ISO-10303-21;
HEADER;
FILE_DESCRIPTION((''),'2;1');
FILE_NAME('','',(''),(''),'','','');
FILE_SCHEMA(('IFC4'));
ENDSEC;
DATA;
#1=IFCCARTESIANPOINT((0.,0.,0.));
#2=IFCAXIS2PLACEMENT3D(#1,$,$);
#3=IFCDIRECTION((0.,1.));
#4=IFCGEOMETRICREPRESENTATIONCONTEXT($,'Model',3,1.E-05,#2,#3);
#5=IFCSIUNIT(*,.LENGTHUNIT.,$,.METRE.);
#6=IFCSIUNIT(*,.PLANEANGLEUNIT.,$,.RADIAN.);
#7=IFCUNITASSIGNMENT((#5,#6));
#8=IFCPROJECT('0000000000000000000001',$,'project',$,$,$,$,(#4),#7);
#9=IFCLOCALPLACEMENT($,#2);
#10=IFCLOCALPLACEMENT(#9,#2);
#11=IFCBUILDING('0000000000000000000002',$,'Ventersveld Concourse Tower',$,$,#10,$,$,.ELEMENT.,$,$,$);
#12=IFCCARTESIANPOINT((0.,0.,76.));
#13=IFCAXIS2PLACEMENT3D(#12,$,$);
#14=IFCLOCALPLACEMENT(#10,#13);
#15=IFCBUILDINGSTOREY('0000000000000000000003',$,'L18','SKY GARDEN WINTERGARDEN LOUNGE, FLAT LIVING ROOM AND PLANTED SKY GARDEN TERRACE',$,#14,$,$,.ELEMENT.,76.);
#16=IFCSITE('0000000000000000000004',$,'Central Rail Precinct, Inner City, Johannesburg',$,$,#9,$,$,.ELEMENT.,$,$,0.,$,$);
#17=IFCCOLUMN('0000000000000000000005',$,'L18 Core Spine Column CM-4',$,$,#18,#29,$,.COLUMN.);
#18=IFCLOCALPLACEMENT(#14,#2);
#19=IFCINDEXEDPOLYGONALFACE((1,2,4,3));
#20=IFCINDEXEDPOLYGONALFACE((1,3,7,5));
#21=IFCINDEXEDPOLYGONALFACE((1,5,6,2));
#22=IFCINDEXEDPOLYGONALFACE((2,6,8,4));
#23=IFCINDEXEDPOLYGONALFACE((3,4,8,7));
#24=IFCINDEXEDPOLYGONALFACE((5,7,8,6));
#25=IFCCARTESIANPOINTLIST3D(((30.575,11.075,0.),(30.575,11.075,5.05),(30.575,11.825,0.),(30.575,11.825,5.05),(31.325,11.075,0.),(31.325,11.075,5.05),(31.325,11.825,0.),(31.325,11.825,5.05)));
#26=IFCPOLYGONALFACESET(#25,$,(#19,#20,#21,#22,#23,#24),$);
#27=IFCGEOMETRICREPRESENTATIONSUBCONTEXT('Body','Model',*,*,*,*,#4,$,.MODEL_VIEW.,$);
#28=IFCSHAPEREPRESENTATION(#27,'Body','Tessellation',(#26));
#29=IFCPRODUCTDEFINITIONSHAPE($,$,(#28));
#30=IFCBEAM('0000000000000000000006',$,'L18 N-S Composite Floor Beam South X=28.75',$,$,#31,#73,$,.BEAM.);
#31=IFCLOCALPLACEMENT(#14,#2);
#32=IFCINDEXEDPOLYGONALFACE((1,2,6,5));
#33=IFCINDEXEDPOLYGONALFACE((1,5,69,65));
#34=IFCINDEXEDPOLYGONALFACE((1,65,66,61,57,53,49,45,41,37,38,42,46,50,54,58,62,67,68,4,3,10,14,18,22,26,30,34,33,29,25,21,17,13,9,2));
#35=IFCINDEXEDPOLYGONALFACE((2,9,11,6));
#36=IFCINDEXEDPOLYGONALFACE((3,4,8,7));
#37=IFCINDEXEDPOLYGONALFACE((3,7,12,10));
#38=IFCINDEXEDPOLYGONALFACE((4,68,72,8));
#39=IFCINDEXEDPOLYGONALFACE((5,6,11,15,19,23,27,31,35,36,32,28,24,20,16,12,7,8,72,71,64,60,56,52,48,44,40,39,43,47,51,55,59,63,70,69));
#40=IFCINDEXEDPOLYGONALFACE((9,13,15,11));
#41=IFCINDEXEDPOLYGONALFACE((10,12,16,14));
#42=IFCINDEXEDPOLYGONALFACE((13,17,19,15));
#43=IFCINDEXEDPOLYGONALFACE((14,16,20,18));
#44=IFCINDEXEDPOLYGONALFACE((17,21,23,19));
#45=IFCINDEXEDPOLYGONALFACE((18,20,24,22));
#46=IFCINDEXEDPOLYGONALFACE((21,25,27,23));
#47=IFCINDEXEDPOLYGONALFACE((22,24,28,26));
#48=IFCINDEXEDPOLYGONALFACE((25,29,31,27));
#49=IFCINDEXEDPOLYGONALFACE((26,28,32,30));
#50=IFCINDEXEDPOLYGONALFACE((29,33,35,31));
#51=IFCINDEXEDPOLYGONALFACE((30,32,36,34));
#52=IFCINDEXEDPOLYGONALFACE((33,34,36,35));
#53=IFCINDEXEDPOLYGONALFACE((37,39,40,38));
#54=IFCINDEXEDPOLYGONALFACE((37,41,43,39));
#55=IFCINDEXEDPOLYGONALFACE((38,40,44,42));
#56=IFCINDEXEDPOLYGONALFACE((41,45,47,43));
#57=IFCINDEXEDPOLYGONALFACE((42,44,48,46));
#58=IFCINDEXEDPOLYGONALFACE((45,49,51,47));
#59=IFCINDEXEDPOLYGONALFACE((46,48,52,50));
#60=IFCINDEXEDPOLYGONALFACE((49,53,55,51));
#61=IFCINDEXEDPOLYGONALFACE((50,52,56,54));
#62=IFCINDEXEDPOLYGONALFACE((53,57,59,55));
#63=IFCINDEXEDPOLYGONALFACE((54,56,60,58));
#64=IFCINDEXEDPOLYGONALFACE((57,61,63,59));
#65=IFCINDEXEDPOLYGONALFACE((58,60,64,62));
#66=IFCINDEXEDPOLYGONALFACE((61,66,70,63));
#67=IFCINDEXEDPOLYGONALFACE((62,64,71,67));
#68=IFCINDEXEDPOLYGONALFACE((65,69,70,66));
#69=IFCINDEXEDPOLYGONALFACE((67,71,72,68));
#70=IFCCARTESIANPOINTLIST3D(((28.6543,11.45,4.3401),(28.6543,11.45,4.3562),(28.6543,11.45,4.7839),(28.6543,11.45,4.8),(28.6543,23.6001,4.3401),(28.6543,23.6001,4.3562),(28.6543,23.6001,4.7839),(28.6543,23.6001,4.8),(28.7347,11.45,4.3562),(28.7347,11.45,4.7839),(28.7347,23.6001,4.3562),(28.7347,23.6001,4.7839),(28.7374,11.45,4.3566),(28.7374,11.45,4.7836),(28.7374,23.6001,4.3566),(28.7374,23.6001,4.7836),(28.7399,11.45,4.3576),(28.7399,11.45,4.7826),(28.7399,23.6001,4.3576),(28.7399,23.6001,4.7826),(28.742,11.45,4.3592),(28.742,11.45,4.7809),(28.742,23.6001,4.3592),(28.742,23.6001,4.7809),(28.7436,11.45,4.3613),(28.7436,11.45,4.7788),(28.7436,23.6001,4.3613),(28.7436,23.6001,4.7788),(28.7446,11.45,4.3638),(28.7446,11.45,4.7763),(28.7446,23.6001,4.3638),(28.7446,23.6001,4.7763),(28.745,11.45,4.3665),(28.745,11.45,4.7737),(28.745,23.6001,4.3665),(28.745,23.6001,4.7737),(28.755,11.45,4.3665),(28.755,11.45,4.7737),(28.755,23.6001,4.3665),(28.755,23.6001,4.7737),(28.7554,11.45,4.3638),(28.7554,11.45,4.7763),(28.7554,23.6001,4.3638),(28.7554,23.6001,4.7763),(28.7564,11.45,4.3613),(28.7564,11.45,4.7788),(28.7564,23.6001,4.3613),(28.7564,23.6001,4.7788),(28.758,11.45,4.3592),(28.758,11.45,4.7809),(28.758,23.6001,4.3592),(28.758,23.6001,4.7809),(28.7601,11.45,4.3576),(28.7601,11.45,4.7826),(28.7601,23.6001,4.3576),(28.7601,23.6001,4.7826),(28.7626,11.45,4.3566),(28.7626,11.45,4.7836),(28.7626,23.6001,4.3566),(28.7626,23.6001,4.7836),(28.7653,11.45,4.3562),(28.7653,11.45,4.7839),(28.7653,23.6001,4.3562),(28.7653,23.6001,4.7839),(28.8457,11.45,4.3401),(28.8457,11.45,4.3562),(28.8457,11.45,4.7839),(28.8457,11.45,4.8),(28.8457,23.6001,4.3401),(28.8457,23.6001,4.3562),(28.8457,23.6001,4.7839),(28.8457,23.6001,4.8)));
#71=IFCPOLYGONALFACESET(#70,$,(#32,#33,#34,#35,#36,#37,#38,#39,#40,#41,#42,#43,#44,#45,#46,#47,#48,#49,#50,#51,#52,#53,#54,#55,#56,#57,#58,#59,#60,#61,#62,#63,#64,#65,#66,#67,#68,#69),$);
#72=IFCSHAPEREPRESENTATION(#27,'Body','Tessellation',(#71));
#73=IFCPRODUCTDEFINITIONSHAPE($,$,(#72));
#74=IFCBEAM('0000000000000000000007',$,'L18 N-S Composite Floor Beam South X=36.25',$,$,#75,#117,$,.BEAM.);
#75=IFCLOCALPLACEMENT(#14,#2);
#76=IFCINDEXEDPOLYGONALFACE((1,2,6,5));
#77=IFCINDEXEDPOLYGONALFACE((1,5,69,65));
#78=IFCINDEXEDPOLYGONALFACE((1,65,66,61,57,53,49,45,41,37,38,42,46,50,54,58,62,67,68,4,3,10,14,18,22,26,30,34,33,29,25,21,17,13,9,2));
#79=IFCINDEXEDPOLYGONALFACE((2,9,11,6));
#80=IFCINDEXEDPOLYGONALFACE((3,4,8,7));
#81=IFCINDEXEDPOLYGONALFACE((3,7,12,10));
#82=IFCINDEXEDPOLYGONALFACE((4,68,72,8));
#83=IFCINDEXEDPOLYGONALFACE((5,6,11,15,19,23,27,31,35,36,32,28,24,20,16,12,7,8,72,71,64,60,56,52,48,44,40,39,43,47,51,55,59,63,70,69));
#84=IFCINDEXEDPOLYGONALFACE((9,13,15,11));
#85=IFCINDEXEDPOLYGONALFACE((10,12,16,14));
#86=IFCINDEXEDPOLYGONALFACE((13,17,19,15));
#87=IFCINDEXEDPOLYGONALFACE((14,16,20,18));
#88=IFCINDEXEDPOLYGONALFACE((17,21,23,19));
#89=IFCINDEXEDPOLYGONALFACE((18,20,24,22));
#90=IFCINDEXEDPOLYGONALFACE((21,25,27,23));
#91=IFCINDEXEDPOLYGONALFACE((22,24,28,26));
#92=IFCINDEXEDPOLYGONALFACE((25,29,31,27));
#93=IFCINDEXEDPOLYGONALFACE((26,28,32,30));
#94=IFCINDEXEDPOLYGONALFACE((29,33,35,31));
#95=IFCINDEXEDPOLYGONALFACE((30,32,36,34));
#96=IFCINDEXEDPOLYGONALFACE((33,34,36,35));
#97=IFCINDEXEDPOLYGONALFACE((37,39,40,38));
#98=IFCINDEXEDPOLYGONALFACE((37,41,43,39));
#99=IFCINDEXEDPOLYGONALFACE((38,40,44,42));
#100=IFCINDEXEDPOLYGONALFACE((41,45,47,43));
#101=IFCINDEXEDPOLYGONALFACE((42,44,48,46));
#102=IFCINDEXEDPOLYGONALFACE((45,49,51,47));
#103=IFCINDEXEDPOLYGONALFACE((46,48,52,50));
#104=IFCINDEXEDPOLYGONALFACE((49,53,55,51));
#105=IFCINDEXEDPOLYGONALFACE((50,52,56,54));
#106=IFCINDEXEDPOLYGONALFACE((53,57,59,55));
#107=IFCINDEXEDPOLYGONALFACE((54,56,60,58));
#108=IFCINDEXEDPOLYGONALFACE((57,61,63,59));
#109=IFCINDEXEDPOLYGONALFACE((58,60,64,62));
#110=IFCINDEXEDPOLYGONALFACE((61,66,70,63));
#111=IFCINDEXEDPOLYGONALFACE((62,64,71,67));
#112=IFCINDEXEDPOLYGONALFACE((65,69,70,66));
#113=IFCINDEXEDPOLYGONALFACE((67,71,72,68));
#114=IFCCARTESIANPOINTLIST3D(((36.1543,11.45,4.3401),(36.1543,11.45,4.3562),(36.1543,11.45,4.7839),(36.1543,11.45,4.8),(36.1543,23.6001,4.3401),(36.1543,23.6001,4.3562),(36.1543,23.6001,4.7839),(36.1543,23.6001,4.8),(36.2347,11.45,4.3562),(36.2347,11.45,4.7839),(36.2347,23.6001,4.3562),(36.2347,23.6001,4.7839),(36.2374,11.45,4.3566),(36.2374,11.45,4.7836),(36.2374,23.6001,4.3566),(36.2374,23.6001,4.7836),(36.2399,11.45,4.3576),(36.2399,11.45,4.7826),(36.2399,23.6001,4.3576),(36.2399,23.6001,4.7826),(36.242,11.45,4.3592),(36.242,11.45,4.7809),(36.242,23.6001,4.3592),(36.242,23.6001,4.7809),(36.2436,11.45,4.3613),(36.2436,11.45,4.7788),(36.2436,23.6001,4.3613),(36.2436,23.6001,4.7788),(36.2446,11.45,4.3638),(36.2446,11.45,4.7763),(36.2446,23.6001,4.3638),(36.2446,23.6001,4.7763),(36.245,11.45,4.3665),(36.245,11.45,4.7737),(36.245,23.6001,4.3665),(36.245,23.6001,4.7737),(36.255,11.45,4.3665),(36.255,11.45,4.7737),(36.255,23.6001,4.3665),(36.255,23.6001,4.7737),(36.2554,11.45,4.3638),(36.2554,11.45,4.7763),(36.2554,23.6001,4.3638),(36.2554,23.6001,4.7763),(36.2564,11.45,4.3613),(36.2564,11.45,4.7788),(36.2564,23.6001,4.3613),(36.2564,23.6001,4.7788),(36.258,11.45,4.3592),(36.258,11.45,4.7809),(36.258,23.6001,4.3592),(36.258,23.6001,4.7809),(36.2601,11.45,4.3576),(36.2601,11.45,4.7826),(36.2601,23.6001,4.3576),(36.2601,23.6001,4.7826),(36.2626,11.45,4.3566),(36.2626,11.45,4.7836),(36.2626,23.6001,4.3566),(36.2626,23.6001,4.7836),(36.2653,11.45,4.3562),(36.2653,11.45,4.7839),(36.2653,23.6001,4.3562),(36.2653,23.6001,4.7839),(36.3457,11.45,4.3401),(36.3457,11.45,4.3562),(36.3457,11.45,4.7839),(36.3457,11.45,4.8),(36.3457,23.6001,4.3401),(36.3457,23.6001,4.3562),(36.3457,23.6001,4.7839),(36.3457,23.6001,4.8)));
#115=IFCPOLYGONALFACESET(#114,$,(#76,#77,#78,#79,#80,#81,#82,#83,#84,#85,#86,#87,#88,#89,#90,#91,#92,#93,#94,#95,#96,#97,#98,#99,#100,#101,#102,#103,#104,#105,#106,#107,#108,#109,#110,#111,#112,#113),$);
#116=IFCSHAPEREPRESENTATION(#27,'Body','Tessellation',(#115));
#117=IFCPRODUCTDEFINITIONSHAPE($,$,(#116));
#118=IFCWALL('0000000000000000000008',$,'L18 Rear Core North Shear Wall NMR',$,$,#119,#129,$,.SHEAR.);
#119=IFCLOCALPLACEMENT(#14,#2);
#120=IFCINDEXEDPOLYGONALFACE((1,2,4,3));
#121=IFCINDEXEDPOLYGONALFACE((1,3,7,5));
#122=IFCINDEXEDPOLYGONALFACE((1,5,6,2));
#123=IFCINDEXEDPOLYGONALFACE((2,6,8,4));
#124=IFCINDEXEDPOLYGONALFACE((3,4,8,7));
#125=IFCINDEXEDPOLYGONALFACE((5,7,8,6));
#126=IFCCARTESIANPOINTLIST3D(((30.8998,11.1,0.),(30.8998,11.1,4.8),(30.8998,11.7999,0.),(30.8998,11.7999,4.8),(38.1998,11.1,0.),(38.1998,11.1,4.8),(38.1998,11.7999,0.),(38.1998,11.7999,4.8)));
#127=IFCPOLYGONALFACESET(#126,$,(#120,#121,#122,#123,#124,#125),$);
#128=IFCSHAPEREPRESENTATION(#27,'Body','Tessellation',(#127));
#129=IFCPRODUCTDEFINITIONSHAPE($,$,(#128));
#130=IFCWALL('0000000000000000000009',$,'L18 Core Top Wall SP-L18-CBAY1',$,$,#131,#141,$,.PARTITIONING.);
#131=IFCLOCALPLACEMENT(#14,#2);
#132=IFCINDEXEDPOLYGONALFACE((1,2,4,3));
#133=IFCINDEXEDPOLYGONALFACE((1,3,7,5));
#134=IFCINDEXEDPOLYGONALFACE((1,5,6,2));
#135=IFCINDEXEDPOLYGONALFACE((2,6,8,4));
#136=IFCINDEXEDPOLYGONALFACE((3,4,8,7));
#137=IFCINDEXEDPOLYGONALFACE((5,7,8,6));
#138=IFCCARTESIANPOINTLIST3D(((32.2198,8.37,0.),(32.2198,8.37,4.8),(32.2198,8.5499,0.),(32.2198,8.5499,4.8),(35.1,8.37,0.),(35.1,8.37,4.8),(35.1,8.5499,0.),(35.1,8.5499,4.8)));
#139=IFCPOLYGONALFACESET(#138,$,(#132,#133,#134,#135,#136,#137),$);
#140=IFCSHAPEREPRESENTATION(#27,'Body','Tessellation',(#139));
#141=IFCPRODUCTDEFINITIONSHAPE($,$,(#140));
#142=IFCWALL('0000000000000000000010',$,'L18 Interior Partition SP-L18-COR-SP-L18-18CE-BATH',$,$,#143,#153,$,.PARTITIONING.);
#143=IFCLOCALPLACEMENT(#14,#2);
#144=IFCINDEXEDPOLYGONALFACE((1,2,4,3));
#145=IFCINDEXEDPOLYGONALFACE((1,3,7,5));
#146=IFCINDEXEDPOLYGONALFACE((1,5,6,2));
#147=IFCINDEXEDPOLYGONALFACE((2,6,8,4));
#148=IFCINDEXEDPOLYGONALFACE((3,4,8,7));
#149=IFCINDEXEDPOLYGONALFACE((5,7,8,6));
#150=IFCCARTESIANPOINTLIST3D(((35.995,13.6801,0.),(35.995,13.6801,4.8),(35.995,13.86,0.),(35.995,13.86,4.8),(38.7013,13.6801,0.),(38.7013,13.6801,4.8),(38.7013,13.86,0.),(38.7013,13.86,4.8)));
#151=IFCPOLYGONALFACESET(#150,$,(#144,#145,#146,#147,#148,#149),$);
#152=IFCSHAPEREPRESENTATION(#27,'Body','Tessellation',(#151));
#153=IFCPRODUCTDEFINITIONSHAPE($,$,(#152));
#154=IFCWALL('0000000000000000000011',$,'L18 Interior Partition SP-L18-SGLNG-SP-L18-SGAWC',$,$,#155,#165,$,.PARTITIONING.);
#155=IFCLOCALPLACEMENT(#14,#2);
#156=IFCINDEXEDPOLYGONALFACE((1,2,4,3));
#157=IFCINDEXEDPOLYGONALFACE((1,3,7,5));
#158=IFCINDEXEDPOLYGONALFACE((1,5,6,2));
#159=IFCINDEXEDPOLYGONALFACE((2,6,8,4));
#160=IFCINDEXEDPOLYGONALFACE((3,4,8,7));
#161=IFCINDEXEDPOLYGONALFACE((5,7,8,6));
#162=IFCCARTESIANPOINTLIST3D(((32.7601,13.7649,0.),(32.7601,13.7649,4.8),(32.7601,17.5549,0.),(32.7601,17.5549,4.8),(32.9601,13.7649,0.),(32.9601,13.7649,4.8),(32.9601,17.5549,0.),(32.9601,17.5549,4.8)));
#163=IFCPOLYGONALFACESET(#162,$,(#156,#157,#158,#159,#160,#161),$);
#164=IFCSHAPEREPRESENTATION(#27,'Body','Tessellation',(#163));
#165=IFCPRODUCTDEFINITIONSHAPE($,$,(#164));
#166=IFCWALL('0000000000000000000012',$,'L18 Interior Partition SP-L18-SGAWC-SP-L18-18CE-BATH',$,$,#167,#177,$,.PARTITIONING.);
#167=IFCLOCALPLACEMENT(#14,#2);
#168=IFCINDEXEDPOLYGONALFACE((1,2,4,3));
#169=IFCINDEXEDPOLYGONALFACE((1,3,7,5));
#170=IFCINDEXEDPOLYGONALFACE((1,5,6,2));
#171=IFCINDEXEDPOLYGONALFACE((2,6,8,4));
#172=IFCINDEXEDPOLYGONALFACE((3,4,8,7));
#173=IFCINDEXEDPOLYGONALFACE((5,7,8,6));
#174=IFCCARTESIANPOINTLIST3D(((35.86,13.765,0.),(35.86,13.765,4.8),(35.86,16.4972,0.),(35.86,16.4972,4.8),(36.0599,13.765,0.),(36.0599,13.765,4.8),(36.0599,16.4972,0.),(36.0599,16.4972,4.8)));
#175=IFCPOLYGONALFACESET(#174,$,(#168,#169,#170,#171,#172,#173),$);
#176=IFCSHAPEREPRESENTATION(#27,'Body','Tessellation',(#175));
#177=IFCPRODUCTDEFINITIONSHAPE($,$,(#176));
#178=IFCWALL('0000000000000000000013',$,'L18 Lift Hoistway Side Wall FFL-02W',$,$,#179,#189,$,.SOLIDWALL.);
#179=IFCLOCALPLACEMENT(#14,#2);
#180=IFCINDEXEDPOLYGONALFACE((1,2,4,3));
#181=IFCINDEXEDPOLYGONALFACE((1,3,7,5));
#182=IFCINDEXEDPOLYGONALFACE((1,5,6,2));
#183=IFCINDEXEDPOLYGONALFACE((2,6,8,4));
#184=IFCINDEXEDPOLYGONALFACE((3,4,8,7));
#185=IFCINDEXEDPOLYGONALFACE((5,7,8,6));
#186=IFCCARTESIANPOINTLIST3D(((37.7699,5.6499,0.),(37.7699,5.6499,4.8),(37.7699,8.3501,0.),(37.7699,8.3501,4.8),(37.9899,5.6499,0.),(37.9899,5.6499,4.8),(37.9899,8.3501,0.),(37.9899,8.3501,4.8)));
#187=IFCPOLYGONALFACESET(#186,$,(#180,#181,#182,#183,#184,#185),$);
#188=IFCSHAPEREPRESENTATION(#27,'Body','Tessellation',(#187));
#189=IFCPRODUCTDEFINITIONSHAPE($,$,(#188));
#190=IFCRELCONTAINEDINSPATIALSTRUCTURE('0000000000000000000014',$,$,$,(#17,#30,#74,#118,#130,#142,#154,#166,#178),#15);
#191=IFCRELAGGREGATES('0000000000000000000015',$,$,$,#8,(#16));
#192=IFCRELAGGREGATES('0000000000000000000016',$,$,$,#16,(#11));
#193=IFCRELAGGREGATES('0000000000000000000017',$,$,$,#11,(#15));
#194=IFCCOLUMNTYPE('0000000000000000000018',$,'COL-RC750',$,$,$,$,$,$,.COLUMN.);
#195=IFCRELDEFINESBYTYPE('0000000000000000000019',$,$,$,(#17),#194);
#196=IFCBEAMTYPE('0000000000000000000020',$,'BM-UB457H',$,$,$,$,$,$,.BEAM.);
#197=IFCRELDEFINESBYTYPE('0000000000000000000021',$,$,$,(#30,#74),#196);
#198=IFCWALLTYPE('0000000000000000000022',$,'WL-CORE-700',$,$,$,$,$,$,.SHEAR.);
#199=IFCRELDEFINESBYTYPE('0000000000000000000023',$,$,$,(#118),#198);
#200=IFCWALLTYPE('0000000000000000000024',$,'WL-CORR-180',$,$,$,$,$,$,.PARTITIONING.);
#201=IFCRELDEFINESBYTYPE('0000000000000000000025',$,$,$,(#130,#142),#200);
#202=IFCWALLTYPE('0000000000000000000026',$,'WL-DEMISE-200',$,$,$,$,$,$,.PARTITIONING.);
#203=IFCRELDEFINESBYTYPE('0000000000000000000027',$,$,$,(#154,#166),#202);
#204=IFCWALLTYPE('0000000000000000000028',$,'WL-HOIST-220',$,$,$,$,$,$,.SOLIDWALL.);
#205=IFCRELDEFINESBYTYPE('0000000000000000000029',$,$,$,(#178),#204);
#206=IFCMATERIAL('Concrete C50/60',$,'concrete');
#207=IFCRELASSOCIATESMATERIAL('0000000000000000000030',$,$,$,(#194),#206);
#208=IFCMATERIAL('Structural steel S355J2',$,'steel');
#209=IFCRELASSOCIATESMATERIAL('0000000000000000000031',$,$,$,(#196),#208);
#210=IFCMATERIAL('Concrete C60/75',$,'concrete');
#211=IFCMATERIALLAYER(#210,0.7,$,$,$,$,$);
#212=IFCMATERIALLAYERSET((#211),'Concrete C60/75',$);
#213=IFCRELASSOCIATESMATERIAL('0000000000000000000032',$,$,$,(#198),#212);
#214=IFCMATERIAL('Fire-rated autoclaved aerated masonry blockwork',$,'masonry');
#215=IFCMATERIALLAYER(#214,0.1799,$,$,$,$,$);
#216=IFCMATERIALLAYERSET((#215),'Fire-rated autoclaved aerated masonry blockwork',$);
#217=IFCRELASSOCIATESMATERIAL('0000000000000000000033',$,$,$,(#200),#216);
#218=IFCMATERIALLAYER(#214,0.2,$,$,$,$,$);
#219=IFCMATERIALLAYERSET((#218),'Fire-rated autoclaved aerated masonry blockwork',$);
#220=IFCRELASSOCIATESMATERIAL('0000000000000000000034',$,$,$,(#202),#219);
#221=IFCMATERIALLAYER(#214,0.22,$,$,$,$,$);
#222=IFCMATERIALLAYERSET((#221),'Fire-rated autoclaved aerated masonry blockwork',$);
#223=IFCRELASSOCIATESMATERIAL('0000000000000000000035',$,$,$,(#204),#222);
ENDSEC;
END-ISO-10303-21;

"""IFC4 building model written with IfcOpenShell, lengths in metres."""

from ifc_helpers import new_model, si_unit, direction, frame, frame_2d, origin, origin_2d, place, context, subcontext, project, spatial, rectangle, i_section, extrude, material, layer, layer_set, material_profile, profile_set, type_object, element, save


model = new_model("IFC4")

# Units and contexts
model_context = context("Model", 3, precision=1e-05, world=origin(), true_north=direction((0.0, 1.0)))
body_context = subcontext(model_context, "Body", "Model", "MODEL_VIEW")
ifc_project = project(units=[si_unit("LENGTHUNIT", "METRE"), si_unit("PLANEANGLEUNIT", "RADIAN")], contexts=[model_context])

# Site, building, storey
site_placement = place(None, origin())
site = spatial("IfcSite", under=ifc_project, at=site_placement, Name="Central Rail Precinct, Inner City, Johannesburg", CompositionType="ELEMENT", RefElevation=0.0)
building_placement = place(site_placement, origin())
building = spatial("IfcBuilding", under=site, at=building_placement, Name="Ventersveld Concourse Tower", CompositionType="ELEMENT")
storey_placement = place(building_placement, frame((0.0, 0.0, 76.0)))
storey = spatial("IfcBuildingStorey", under=building, at=storey_placement, Name="L18", Description="SKY GARDEN WINTERGARDEN LOUNGE, FLAT LIVING ROOM AND PLANTED SKY GARDEN TERRACE", CompositionType="ELEMENT", Elevation=76.0)

# Column
ifc_material_1 = material(Name="Concrete C50/60", Category="concrete")
ifc_material_profile_1 = material_profile(ifc_material_1, rectangle(XDim=0.75, YDim=0.75, at=origin_2d()), Name="RC 750x750")
ifc_profile_set_1 = profile_set([ifc_material_profile_1], Name="Concrete C50/60")
column_type = type_object("IfcColumnType", Name="COL-RC750", PredefinedType="COLUMN", material=ifc_profile_set_1)
column_placement = place(storey_placement, frame((30.95, 11.45, 0.0), z_axis=(0.0, 0.0, 1.0), x_axis=(1.0, 0.0, 0.0)))
element("IfcColumn", 1, at=column_placement, inside=storey, type_object=column_type, Name="L18 Core Spine Column CM-4", PredefinedType="COLUMN", context=body_context, shape_type="SweptSolid", body=[
    extrude(rectangle(XDim=0.75, YDim=0.75, at=origin_2d()), origin(), (0.0, 0.0, 1.0), 5.05),
])

# Beams
ifc_material_2 = material(Name="Structural steel S355J2", Category="steel")
ifc_material_profile_2 = material_profile(ifc_material_2, i_section(OverallWidth=0.1914, OverallDepth=0.46, WebThickness=0.01, FlangeThickness=0.0161, FilletRadius=0.0103, at=origin_2d()), Name="UB 457x191x82")
ifc_profile_set_2 = profile_set([ifc_material_profile_2], Name="Structural steel S355J2")
beam_type = type_object("IfcBeamType", Name="BM-UB457H", PredefinedType="BEAM", material=ifc_profile_set_2)
for number, where, z_axis, x_axis, name in (
    (2, (28.75, 11.45, 4.5701), (0.0, 1.0, 0.0), (-1.0, 0.0, 0.0), "L18 N-S Composite Floor Beam South X=28.75"),
    (3, (36.25, 11.45, 4.5701), (0.0, 1.0, 0.0), (-1.0, 0.0, 0.0), "L18 N-S Composite Floor Beam South X=36.25"),
):
    element("IfcBeam", number, at=place(storey_placement, frame(where, z_axis=z_axis, x_axis=x_axis)), inside=storey, type_object=beam_type, Name=name, PredefinedType="BEAM", context=body_context, shape_type="SweptSolid", body=[
        extrude(i_section(OverallWidth=0.1914, OverallDepth=0.46, WebThickness=0.01, FlangeThickness=0.0161, FilletRadius=0.0103, at=origin_2d()), origin(), (0.0, 0.0, 1.0), 12.1501),
    ])

# Walls
ifc_material_3 = material(Name="Concrete C60/75", Category="concrete")
ifc_layer_1 = layer(ifc_material_3, 0.7)
ifc_layer_set_1 = layer_set([ifc_layer_1], Name="Concrete C60/75")
wall_type_1 = type_object("IfcWallType", Name="WL-CORE-700", PredefinedType="SHEAR", material=ifc_layer_set_1)
wall_1_placement = place(storey_placement, frame((30.8999, 11.45, 0.0), z_axis=(0.0, 0.0, 1.0), x_axis=(1.0, 0.0, 0.0)))
element("IfcWall", 4, at=wall_1_placement, inside=storey, type_object=wall_type_1, Name="L18 Rear Core North Shear Wall NMR", PredefinedType="SHEAR", context=body_context, shape_type="SweptSolid", body=[
    extrude(rectangle(XDim=7.3, YDim=0.7, at=frame_2d((3.6499, 0.0))), origin(), (0.0, 0.0, 1.0), 4.8),
])
ifc_material_4 = material(Name="Fire-rated autoclaved aerated masonry blockwork", Category="masonry")
ifc_layer_2 = layer(ifc_material_4, 0.1799)
ifc_layer_set_2 = layer_set([ifc_layer_2], Name="Fire-rated autoclaved aerated masonry blockwork")
wall_type_2 = type_object("IfcWallType", Name="WL-CORR-180", PredefinedType="PARTITIONING", material=ifc_layer_set_2)
wall_2_placement = place(storey_placement, frame((32.22, 8.46, 0.0), z_axis=(0.0, 0.0, 1.0), x_axis=(1.0, 0.0, 0.0)))
element("IfcWall", 5, at=wall_2_placement, inside=storey, type_object=wall_type_2, Name="L18 Core Top Wall SP-L18-CBAY1", PredefinedType="PARTITIONING", context=body_context, shape_type="SweptSolid", body=[
    extrude(rectangle(XDim=2.8801, YDim=0.1799, at=frame_2d((1.4399, 0.0))), origin(), (0.0, 0.0, 1.0), 4.8),
])

# Walls
wall_3_placement = place(storey_placement, frame((35.9951, 13.77, 0.0), z_axis=(0.0, 0.0, 1.0), x_axis=(1.0, 0.0, 0.0)))
element("IfcWall", 6, at=wall_3_placement, inside=storey, type_object=wall_type_2, Name="L18 Interior Partition SP-L18-COR-SP-L18-18CE-BATH", PredefinedType="PARTITIONING", context=body_context, shape_type="SweptSolid", body=[
    extrude(rectangle(XDim=2.7063, YDim=0.1799, at=frame_2d((1.353, 0.0))), origin(), (0.0, 0.0, 1.0), 4.8),
])
ifc_layer_3 = layer(ifc_material_4, 0.2)
ifc_layer_set_3 = layer_set([ifc_layer_3], Name="Fire-rated autoclaved aerated masonry blockwork")
wall_type_3 = type_object("IfcWallType", Name="WL-DEMISE-200", PredefinedType="PARTITIONING", material=ifc_layer_set_3)
wall_4_placement = place(storey_placement, frame((32.8601, 13.7649, 0.0), z_axis=(0.0, 0.0, 1.0), x_axis=(0.0, 1.0, 0.0)))
element("IfcWall", 7, at=wall_4_placement, inside=storey, type_object=wall_type_3, Name="L18 Interior Partition SP-L18-SGLNG-SP-L18-SGAWC", PredefinedType="PARTITIONING", context=body_context, shape_type="SweptSolid", body=[
    extrude(rectangle(XDim=3.79, YDim=0.2, at=frame_2d((1.895, 0.0))), origin(), (0.0, 0.0, 1.0), 4.8),
])
wall_5_placement = place(storey_placement, frame((35.96, 13.7649, 0.0), z_axis=(0.0, 0.0, 1.0), x_axis=(0.0, 1.0, 0.0)))
element("IfcWall", 8, at=wall_5_placement, inside=storey, type_object=wall_type_3, Name="L18 Interior Partition SP-L18-SGAWC-SP-L18-18CE-BATH", PredefinedType="PARTITIONING", context=body_context, shape_type="SweptSolid", body=[
    extrude(rectangle(XDim=2.7322, YDim=0.2, at=frame_2d((1.3662, 0.0))), origin(), (0.0, 0.0, 1.0), 4.8),
])
ifc_layer_4 = layer(ifc_material_4, 0.22)
ifc_layer_set_4 = layer_set([ifc_layer_4], Name="Fire-rated autoclaved aerated masonry blockwork")
wall_type_4 = type_object("IfcWallType", Name="WL-HOIST-220", PredefinedType="SOLIDWALL", material=ifc_layer_set_4)
wall_6_placement = place(storey_placement, frame((37.8799, 5.6499, 0.0), z_axis=(0.0, 0.0, 1.0), x_axis=(0.0, 1.0, 0.0)))
element("IfcWall", 9, at=wall_6_placement, inside=storey, type_object=wall_type_4, Name="L18 Lift Hoistway Side Wall FFL-02W", PredefinedType="SOLIDWALL", context=body_context, shape_type="SweptSolid", body=[
    extrude(rectangle(XDim=2.7002, YDim=0.22, at=frame_2d((1.3501, 0.0))), origin(), (0.0, 0.0, 1.0), 4.8),
])

save(model, "model.ifc")
